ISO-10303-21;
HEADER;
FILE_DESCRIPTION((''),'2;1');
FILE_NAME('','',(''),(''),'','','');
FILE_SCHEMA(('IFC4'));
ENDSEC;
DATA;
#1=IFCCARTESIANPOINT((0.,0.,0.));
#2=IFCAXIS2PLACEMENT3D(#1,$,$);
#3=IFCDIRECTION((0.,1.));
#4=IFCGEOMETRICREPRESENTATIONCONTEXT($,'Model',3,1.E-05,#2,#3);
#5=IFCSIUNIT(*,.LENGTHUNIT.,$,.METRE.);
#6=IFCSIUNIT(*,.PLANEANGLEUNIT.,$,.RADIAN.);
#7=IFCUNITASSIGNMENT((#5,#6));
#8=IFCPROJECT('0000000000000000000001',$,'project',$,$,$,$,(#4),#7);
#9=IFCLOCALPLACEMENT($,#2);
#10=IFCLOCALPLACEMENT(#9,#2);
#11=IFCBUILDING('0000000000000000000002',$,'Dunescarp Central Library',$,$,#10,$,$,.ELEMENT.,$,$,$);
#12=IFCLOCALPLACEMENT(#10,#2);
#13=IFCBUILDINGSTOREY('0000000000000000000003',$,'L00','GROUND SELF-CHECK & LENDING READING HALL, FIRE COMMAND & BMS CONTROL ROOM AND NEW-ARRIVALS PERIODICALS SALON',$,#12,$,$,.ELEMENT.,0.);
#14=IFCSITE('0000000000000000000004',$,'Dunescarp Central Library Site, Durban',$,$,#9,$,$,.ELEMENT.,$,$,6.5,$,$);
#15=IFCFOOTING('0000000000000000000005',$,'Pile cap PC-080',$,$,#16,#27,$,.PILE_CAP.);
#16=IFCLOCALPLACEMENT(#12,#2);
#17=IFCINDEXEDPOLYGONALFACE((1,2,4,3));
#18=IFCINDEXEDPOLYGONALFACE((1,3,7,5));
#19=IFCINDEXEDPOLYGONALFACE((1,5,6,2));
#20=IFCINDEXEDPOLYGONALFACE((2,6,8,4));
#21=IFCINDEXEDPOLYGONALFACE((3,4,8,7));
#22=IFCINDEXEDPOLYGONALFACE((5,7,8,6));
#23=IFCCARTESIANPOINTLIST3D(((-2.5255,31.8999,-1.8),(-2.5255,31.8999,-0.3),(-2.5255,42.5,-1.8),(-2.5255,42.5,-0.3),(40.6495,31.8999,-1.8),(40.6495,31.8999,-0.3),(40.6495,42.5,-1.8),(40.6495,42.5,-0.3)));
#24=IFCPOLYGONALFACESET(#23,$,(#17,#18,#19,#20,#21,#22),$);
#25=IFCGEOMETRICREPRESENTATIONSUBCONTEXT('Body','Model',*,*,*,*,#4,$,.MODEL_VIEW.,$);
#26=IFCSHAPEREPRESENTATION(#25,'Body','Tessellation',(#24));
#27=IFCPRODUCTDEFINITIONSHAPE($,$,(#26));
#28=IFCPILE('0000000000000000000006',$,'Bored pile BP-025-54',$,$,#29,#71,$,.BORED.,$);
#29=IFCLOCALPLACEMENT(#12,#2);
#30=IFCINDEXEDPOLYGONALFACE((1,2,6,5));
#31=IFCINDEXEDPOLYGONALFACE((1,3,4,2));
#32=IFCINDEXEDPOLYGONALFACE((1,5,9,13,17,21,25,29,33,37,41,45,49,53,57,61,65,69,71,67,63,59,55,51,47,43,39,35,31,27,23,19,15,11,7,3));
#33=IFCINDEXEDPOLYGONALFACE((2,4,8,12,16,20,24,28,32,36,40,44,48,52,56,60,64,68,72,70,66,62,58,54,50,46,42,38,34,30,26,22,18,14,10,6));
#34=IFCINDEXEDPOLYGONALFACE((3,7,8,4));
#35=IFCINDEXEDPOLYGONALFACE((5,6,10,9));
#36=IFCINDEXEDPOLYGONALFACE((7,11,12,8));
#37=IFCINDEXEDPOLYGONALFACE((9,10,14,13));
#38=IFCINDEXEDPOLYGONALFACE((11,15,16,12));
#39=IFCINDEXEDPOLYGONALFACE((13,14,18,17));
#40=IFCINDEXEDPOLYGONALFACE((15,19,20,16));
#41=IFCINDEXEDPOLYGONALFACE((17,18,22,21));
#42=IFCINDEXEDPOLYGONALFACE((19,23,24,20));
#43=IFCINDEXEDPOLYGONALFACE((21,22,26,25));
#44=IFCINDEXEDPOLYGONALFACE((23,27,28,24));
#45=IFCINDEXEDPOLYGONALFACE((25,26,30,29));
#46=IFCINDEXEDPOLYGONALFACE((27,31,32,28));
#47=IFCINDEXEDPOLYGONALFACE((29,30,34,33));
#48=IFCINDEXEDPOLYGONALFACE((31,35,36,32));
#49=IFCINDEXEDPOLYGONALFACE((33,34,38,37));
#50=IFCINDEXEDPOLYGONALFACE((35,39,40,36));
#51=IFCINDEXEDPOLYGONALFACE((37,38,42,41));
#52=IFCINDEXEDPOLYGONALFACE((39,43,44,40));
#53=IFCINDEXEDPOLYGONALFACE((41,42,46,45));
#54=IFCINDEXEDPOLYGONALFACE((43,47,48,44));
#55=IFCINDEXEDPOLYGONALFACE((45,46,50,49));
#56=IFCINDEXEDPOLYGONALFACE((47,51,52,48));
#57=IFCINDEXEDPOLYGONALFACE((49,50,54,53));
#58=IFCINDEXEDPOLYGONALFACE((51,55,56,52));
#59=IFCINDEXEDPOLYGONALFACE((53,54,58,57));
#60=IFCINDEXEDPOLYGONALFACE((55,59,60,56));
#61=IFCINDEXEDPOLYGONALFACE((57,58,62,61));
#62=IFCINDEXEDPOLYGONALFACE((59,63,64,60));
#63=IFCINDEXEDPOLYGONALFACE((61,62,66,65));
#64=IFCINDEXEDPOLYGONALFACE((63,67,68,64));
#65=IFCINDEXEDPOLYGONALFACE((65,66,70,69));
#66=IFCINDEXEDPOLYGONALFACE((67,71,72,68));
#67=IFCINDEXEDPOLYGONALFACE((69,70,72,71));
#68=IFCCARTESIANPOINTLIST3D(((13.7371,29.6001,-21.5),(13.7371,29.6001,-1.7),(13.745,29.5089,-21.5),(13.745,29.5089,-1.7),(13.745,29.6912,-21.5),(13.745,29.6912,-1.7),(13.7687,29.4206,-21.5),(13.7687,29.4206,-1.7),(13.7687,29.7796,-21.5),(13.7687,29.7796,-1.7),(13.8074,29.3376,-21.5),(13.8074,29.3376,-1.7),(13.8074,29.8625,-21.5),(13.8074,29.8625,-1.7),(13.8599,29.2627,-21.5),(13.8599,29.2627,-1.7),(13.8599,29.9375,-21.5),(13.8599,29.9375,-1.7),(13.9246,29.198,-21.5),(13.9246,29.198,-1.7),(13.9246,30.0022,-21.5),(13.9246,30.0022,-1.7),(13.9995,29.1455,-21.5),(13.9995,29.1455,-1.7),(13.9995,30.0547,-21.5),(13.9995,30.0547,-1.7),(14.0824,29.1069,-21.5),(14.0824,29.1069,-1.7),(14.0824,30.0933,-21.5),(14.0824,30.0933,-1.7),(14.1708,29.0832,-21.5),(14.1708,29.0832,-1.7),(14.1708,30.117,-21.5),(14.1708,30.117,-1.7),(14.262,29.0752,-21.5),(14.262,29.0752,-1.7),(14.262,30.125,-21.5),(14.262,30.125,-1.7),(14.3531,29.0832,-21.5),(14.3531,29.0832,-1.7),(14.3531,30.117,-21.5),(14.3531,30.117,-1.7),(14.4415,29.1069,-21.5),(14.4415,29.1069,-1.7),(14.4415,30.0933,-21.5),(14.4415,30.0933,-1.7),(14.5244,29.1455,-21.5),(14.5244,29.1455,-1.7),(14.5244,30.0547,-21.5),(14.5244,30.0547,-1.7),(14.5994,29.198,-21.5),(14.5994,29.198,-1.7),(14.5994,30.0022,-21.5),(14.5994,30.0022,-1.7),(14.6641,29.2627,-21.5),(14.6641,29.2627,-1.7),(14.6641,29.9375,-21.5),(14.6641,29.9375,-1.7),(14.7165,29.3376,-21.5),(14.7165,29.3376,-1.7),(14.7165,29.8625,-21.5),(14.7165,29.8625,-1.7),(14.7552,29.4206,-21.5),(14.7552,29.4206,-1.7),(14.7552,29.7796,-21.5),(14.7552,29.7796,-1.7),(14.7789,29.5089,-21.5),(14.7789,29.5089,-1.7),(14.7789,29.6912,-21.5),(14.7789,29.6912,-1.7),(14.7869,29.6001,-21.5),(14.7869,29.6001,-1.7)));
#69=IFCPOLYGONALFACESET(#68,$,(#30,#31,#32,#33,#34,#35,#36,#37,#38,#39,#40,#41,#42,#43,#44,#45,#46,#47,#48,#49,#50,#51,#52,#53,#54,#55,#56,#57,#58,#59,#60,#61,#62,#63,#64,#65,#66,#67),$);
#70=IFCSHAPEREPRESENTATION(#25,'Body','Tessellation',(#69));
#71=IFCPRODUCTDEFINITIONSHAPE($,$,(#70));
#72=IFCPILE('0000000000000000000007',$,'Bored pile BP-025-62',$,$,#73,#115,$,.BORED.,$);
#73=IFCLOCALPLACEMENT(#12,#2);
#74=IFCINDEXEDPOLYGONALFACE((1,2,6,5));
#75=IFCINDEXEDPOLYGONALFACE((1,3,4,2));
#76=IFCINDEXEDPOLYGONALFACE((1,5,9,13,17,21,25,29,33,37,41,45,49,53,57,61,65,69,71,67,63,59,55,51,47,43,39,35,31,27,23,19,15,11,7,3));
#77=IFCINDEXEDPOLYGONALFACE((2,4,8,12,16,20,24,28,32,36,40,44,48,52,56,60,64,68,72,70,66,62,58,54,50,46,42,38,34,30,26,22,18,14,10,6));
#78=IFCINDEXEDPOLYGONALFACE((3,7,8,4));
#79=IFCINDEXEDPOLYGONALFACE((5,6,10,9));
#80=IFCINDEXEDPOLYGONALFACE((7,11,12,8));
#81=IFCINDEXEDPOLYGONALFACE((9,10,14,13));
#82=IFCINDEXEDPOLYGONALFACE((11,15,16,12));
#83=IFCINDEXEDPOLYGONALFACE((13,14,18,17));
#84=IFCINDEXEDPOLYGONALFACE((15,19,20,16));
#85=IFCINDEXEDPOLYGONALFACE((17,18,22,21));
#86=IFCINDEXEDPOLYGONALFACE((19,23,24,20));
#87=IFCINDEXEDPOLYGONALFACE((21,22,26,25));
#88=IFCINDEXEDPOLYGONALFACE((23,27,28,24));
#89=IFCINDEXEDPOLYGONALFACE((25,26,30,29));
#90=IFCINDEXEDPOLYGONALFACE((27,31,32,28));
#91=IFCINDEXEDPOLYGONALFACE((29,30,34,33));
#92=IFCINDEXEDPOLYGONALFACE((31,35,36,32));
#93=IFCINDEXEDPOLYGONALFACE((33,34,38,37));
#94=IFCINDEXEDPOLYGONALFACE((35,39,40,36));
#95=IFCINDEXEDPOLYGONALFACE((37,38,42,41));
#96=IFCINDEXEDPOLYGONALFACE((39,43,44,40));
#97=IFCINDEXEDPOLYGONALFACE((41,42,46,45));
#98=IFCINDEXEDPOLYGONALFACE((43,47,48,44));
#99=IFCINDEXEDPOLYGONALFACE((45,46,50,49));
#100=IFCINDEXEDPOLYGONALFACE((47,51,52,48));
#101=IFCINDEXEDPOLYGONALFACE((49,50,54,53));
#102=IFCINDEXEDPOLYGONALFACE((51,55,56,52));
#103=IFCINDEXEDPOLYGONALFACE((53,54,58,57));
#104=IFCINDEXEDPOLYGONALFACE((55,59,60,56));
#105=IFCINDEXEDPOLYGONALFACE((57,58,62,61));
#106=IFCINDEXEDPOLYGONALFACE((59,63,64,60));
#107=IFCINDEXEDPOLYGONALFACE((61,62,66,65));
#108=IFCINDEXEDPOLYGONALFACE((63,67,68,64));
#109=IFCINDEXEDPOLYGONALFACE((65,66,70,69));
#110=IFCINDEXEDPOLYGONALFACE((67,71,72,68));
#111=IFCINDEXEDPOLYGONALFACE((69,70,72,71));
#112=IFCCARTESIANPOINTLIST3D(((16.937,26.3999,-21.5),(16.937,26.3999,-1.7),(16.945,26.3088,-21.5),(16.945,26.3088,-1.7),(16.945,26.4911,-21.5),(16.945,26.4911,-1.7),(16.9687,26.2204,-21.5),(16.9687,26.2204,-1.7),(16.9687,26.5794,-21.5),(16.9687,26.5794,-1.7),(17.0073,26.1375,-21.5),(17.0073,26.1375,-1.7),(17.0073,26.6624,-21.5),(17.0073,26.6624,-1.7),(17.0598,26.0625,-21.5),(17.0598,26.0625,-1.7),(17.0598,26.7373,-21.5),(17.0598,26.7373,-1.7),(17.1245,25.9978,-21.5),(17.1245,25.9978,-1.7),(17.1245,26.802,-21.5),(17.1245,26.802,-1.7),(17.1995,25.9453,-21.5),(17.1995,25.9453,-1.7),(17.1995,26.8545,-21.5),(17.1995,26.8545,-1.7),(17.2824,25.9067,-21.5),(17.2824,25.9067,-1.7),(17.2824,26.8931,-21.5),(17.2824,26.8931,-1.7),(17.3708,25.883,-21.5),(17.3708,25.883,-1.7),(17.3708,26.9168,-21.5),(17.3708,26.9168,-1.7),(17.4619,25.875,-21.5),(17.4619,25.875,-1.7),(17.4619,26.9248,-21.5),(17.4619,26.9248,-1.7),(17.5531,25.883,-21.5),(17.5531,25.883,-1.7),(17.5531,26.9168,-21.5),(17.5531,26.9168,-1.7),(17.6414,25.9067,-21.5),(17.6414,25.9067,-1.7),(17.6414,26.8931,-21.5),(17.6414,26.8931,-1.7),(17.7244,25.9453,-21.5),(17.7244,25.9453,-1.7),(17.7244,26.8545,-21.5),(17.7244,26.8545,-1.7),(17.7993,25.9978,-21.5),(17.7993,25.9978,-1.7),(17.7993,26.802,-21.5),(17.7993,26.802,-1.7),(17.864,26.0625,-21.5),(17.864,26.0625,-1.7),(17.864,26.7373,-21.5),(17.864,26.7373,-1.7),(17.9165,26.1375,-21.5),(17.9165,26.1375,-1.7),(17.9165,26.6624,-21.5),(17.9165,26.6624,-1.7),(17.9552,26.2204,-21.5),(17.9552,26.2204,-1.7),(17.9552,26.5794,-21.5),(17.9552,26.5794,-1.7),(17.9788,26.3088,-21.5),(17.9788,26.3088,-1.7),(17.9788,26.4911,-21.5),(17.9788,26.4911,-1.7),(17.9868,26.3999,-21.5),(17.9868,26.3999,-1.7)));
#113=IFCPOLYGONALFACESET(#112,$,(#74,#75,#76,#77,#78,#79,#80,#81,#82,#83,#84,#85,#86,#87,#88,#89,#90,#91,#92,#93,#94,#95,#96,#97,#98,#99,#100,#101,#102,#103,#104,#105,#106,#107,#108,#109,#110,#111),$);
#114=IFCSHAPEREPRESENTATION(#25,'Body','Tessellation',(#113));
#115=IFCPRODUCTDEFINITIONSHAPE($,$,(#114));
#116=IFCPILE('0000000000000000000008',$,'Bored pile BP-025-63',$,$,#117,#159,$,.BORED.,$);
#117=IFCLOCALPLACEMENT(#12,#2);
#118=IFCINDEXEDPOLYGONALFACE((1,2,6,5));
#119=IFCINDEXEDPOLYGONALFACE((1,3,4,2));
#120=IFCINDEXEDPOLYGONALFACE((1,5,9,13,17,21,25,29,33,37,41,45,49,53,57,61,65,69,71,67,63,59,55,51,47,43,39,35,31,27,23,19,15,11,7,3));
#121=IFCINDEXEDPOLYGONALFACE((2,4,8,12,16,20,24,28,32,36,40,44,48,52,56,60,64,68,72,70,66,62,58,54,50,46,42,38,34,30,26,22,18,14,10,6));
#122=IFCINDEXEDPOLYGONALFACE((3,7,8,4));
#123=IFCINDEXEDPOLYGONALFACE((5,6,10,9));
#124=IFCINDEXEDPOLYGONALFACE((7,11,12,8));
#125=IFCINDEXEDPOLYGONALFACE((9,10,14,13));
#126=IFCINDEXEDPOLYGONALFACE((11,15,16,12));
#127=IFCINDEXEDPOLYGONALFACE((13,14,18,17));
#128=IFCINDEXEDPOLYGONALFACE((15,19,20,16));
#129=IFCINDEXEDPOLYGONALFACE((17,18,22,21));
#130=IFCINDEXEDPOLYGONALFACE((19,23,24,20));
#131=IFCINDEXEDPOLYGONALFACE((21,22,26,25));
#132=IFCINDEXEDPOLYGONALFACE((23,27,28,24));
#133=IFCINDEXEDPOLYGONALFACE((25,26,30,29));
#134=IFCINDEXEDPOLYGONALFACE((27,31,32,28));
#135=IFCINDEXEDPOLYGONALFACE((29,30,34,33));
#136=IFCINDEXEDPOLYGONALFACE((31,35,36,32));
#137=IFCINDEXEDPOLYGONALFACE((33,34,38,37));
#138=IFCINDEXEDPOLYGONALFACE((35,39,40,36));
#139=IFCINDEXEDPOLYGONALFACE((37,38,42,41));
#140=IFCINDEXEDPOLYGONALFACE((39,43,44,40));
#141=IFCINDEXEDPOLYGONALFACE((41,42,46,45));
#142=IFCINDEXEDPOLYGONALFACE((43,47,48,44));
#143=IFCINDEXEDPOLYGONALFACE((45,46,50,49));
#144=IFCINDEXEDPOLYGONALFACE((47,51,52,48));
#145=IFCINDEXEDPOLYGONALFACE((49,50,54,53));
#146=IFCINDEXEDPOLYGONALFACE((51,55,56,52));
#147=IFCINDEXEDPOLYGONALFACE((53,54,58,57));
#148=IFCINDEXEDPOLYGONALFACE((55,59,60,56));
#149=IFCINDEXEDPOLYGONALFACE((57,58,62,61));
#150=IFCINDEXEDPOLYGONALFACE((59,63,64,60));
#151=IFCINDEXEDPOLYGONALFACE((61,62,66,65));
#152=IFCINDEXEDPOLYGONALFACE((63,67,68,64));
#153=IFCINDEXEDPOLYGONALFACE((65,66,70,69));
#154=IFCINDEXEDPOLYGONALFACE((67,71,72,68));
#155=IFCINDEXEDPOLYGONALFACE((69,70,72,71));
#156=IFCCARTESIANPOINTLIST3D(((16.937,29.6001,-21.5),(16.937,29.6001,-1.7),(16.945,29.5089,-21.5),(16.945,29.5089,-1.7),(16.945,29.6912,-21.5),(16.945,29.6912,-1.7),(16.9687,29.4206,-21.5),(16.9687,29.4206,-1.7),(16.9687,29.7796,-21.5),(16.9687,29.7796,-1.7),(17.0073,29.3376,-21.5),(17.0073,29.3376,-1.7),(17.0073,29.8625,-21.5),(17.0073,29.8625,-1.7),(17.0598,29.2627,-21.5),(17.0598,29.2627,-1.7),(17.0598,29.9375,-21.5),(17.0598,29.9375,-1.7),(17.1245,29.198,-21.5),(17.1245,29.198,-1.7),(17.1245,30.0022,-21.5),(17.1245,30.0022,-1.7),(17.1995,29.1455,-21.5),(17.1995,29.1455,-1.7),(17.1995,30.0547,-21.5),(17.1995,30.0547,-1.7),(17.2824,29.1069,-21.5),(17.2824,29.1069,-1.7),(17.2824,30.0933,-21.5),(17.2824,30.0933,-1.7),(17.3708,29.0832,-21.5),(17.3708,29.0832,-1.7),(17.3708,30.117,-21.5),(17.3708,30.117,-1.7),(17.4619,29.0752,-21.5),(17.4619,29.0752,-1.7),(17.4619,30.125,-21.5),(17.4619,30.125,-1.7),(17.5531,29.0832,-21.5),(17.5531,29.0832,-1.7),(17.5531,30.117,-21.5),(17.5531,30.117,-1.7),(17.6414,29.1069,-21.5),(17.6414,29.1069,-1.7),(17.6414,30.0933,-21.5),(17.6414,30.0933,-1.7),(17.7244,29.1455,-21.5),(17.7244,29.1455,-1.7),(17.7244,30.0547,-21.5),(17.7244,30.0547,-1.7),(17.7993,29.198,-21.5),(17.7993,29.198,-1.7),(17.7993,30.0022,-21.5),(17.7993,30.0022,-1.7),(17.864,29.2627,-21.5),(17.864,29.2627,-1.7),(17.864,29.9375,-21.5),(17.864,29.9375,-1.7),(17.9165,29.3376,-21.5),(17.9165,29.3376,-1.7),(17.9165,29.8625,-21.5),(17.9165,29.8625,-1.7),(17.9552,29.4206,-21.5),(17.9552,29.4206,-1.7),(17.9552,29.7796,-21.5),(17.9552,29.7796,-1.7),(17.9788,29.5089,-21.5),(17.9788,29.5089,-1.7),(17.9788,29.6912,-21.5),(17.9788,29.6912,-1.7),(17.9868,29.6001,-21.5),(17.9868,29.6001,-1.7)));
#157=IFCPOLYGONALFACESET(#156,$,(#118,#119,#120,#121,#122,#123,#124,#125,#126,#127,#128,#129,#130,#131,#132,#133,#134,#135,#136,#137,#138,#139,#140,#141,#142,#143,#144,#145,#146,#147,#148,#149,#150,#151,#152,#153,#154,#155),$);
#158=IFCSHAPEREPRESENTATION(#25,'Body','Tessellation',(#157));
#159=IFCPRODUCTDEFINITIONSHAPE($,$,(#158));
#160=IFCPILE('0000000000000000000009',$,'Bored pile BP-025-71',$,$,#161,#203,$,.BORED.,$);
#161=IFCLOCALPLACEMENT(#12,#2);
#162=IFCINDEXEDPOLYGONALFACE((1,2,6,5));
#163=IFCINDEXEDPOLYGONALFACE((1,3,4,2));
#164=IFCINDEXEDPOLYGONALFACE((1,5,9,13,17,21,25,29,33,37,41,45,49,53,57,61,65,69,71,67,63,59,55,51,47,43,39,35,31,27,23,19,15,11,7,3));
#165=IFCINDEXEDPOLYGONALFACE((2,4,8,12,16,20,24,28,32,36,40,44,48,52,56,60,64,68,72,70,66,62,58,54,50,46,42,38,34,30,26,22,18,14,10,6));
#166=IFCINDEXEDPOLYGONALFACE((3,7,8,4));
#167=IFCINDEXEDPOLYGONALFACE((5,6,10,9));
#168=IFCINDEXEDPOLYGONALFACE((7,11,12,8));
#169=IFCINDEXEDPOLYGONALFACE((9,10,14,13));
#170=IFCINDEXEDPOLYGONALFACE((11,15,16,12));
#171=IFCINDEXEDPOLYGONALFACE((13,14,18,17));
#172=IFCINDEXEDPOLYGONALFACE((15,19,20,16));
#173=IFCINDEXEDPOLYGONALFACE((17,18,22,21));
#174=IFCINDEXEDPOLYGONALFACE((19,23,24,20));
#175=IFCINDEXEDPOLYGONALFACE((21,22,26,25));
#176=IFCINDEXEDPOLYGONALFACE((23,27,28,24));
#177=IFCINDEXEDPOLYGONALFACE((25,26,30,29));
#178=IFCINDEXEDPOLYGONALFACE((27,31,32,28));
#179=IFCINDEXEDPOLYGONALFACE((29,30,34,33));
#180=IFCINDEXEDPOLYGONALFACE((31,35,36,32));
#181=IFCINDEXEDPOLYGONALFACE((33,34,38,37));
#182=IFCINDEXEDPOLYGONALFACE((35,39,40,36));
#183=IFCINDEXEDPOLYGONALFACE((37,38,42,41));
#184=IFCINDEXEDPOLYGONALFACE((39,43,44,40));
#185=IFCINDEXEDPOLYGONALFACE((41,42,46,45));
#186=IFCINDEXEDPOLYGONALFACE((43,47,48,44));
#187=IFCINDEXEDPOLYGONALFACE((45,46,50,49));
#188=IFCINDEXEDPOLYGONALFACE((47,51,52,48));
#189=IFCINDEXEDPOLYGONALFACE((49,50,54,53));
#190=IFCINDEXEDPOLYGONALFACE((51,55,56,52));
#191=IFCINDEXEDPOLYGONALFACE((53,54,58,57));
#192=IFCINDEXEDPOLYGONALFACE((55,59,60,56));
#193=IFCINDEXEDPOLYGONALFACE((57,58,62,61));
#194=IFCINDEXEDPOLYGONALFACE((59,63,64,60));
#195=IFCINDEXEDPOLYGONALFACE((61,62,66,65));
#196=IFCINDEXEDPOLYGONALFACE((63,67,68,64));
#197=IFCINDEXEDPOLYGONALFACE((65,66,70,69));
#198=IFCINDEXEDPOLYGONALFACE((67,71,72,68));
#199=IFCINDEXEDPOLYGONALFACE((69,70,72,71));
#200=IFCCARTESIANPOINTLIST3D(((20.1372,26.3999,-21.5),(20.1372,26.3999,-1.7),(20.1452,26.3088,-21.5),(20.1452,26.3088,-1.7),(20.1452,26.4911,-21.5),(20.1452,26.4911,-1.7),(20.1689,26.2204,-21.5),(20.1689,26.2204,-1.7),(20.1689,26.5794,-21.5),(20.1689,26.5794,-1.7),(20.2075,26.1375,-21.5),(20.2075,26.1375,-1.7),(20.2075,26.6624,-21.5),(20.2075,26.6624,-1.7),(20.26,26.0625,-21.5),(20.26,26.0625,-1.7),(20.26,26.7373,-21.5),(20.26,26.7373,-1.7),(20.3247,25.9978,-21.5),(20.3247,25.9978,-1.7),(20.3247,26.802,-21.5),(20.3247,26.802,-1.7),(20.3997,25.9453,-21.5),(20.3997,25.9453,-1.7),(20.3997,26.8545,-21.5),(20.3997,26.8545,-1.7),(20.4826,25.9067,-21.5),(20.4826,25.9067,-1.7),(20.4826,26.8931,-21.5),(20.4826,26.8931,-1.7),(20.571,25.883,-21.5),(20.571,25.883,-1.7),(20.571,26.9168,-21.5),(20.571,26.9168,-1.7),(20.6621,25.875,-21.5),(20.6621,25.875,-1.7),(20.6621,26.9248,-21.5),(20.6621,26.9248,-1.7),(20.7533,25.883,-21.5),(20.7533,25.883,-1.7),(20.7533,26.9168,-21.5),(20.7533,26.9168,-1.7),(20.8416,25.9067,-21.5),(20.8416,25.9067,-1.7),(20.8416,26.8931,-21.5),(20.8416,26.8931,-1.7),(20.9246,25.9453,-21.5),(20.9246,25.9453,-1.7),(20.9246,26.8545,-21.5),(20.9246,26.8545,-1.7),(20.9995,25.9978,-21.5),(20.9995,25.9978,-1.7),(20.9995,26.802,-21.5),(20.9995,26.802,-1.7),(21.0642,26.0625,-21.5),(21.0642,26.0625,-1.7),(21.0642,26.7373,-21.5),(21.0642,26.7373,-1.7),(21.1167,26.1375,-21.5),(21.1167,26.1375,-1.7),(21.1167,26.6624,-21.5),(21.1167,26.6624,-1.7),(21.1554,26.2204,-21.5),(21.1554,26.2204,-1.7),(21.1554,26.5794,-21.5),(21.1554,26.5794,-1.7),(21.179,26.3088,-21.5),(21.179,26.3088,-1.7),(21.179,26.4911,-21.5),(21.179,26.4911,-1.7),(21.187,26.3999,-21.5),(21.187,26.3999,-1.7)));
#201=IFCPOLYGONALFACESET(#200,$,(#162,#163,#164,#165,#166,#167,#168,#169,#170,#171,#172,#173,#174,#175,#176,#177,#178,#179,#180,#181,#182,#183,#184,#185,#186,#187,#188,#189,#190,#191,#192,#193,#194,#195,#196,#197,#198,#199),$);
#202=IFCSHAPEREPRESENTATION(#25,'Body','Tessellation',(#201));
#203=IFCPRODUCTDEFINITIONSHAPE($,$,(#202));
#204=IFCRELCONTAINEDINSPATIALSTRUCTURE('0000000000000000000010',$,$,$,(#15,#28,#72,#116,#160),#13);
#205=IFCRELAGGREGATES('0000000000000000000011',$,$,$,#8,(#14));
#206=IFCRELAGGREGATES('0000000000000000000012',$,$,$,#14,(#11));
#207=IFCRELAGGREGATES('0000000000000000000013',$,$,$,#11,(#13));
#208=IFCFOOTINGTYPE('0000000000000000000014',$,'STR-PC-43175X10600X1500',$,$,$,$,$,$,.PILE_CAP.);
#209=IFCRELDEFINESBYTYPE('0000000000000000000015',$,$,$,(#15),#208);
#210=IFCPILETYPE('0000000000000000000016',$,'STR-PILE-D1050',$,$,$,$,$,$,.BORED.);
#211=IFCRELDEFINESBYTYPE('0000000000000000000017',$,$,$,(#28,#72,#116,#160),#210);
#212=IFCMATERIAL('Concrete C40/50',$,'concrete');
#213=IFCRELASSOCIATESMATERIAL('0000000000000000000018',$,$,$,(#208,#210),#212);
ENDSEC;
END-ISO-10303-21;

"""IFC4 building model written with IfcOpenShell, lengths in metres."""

from ifc_helpers import new_model, si_unit, direction, frame, origin, origin_2d, place, context, subcontext, project, spatial, rectangle, circle, extrude, material, material_profile, profile_set, type_object, element, save


model = new_model("IFC4")

# Units and contexts
model_context = context("Model", 3, precision=1e-05, world=origin(), true_north=direction((0.0, 1.0)))
body_context = subcontext(model_context, "Body", "Model", "MODEL_VIEW")
ifc_project = project(units=[si_unit("LENGTHUNIT", "METRE"), si_unit("PLANEANGLEUNIT", "RADIAN")], contexts=[model_context])

# Site, building, storey
site_placement = place(None, origin())
site = spatial("IfcSite", under=ifc_project, at=site_placement, Name="Dunescarp Central Library Site, Durban", CompositionType="ELEMENT", RefElevation=6.5)
building_placement = place(site_placement, origin())
building = spatial("IfcBuilding", under=site, at=building_placement, Name="Dunescarp Central Library", CompositionType="ELEMENT")
storey_placement = place(building_placement, origin())
storey = spatial("IfcBuildingStorey", under=building, at=storey_placement, Name="L00", Description="GROUND SELF-CHECK & LENDING READING HALL, FIRE COMMAND & BMS CONTROL ROOM AND NEW-ARRIVALS PERIODICALS SALON", CompositionType="ELEMENT", Elevation=0.0)

# Footing
ifc_material_1 = material(Name="Concrete C40/50", Category="concrete")
footing_type = type_object("IfcFootingType", Name="STR-PC-43175X10600X1500", PredefinedType="PILE_CAP", material=ifc_material_1)
footing_placement = place(storey_placement, frame((19.062, 37.2, -1.8), z_axis=(0.0, 0.0, 1.0), x_axis=(1.0, 0.0, 0.0)))
element("IfcFooting", 1, at=footing_placement, inside=storey, type_object=footing_type, Name="Pile cap PC-080", PredefinedType="PILE_CAP", context=body_context, shape_type="SweptSolid", body=[
    extrude(rectangle(XDim=43.175, YDim=10.6001, at=origin_2d()), origin(), (0.0, 0.0, 1.0), 1.5),
])

# Piles
ifc_material_profile_1 = material_profile(ifc_material_1, circle(Radius=0.5249, at=origin_2d()), Name="PILE D1050")
ifc_profile_set_1 = profile_set([ifc_material_profile_1], Name="Concrete C40/50")
pile_type = type_object("IfcPileType", Name="STR-PILE-D1050", PredefinedType="BORED", material=ifc_profile_set_1)
for number, where, z_axis, x_axis, name in (
    (2, (14.262, 29.6001, -1.7), (0.0, 0.0, -1.0), (1.0, 0.0, 0.0), "Bored pile BP-025-54"),
    (3, (17.4619, 26.3999, -1.7), (0.0, 0.0, -1.0), (1.0, 0.0, 0.0), "Bored pile BP-025-62"),
    (4, (17.4619, 29.6001, -1.7), (0.0, 0.0, -1.0), (1.0, 0.0, 0.0), "Bored pile BP-025-63"),
    (5, (20.6621, 26.3999, -1.7), (0.0, 0.0, -1.0), (1.0, 0.0, 0.0), "Bored pile BP-025-71"),
):
    element("IfcPile", number, at=place(storey_placement, frame(where, z_axis=z_axis, x_axis=x_axis)), inside=storey, type_object=pile_type, Name=name, PredefinedType="BORED", context=body_context, shape_type="SweptSolid", body=[
        extrude(circle(Radius=0.5249, at=origin_2d()), origin(), (0.0, 0.0, 1.0), 19.8),
    ])

save(model, "model.ifc")
